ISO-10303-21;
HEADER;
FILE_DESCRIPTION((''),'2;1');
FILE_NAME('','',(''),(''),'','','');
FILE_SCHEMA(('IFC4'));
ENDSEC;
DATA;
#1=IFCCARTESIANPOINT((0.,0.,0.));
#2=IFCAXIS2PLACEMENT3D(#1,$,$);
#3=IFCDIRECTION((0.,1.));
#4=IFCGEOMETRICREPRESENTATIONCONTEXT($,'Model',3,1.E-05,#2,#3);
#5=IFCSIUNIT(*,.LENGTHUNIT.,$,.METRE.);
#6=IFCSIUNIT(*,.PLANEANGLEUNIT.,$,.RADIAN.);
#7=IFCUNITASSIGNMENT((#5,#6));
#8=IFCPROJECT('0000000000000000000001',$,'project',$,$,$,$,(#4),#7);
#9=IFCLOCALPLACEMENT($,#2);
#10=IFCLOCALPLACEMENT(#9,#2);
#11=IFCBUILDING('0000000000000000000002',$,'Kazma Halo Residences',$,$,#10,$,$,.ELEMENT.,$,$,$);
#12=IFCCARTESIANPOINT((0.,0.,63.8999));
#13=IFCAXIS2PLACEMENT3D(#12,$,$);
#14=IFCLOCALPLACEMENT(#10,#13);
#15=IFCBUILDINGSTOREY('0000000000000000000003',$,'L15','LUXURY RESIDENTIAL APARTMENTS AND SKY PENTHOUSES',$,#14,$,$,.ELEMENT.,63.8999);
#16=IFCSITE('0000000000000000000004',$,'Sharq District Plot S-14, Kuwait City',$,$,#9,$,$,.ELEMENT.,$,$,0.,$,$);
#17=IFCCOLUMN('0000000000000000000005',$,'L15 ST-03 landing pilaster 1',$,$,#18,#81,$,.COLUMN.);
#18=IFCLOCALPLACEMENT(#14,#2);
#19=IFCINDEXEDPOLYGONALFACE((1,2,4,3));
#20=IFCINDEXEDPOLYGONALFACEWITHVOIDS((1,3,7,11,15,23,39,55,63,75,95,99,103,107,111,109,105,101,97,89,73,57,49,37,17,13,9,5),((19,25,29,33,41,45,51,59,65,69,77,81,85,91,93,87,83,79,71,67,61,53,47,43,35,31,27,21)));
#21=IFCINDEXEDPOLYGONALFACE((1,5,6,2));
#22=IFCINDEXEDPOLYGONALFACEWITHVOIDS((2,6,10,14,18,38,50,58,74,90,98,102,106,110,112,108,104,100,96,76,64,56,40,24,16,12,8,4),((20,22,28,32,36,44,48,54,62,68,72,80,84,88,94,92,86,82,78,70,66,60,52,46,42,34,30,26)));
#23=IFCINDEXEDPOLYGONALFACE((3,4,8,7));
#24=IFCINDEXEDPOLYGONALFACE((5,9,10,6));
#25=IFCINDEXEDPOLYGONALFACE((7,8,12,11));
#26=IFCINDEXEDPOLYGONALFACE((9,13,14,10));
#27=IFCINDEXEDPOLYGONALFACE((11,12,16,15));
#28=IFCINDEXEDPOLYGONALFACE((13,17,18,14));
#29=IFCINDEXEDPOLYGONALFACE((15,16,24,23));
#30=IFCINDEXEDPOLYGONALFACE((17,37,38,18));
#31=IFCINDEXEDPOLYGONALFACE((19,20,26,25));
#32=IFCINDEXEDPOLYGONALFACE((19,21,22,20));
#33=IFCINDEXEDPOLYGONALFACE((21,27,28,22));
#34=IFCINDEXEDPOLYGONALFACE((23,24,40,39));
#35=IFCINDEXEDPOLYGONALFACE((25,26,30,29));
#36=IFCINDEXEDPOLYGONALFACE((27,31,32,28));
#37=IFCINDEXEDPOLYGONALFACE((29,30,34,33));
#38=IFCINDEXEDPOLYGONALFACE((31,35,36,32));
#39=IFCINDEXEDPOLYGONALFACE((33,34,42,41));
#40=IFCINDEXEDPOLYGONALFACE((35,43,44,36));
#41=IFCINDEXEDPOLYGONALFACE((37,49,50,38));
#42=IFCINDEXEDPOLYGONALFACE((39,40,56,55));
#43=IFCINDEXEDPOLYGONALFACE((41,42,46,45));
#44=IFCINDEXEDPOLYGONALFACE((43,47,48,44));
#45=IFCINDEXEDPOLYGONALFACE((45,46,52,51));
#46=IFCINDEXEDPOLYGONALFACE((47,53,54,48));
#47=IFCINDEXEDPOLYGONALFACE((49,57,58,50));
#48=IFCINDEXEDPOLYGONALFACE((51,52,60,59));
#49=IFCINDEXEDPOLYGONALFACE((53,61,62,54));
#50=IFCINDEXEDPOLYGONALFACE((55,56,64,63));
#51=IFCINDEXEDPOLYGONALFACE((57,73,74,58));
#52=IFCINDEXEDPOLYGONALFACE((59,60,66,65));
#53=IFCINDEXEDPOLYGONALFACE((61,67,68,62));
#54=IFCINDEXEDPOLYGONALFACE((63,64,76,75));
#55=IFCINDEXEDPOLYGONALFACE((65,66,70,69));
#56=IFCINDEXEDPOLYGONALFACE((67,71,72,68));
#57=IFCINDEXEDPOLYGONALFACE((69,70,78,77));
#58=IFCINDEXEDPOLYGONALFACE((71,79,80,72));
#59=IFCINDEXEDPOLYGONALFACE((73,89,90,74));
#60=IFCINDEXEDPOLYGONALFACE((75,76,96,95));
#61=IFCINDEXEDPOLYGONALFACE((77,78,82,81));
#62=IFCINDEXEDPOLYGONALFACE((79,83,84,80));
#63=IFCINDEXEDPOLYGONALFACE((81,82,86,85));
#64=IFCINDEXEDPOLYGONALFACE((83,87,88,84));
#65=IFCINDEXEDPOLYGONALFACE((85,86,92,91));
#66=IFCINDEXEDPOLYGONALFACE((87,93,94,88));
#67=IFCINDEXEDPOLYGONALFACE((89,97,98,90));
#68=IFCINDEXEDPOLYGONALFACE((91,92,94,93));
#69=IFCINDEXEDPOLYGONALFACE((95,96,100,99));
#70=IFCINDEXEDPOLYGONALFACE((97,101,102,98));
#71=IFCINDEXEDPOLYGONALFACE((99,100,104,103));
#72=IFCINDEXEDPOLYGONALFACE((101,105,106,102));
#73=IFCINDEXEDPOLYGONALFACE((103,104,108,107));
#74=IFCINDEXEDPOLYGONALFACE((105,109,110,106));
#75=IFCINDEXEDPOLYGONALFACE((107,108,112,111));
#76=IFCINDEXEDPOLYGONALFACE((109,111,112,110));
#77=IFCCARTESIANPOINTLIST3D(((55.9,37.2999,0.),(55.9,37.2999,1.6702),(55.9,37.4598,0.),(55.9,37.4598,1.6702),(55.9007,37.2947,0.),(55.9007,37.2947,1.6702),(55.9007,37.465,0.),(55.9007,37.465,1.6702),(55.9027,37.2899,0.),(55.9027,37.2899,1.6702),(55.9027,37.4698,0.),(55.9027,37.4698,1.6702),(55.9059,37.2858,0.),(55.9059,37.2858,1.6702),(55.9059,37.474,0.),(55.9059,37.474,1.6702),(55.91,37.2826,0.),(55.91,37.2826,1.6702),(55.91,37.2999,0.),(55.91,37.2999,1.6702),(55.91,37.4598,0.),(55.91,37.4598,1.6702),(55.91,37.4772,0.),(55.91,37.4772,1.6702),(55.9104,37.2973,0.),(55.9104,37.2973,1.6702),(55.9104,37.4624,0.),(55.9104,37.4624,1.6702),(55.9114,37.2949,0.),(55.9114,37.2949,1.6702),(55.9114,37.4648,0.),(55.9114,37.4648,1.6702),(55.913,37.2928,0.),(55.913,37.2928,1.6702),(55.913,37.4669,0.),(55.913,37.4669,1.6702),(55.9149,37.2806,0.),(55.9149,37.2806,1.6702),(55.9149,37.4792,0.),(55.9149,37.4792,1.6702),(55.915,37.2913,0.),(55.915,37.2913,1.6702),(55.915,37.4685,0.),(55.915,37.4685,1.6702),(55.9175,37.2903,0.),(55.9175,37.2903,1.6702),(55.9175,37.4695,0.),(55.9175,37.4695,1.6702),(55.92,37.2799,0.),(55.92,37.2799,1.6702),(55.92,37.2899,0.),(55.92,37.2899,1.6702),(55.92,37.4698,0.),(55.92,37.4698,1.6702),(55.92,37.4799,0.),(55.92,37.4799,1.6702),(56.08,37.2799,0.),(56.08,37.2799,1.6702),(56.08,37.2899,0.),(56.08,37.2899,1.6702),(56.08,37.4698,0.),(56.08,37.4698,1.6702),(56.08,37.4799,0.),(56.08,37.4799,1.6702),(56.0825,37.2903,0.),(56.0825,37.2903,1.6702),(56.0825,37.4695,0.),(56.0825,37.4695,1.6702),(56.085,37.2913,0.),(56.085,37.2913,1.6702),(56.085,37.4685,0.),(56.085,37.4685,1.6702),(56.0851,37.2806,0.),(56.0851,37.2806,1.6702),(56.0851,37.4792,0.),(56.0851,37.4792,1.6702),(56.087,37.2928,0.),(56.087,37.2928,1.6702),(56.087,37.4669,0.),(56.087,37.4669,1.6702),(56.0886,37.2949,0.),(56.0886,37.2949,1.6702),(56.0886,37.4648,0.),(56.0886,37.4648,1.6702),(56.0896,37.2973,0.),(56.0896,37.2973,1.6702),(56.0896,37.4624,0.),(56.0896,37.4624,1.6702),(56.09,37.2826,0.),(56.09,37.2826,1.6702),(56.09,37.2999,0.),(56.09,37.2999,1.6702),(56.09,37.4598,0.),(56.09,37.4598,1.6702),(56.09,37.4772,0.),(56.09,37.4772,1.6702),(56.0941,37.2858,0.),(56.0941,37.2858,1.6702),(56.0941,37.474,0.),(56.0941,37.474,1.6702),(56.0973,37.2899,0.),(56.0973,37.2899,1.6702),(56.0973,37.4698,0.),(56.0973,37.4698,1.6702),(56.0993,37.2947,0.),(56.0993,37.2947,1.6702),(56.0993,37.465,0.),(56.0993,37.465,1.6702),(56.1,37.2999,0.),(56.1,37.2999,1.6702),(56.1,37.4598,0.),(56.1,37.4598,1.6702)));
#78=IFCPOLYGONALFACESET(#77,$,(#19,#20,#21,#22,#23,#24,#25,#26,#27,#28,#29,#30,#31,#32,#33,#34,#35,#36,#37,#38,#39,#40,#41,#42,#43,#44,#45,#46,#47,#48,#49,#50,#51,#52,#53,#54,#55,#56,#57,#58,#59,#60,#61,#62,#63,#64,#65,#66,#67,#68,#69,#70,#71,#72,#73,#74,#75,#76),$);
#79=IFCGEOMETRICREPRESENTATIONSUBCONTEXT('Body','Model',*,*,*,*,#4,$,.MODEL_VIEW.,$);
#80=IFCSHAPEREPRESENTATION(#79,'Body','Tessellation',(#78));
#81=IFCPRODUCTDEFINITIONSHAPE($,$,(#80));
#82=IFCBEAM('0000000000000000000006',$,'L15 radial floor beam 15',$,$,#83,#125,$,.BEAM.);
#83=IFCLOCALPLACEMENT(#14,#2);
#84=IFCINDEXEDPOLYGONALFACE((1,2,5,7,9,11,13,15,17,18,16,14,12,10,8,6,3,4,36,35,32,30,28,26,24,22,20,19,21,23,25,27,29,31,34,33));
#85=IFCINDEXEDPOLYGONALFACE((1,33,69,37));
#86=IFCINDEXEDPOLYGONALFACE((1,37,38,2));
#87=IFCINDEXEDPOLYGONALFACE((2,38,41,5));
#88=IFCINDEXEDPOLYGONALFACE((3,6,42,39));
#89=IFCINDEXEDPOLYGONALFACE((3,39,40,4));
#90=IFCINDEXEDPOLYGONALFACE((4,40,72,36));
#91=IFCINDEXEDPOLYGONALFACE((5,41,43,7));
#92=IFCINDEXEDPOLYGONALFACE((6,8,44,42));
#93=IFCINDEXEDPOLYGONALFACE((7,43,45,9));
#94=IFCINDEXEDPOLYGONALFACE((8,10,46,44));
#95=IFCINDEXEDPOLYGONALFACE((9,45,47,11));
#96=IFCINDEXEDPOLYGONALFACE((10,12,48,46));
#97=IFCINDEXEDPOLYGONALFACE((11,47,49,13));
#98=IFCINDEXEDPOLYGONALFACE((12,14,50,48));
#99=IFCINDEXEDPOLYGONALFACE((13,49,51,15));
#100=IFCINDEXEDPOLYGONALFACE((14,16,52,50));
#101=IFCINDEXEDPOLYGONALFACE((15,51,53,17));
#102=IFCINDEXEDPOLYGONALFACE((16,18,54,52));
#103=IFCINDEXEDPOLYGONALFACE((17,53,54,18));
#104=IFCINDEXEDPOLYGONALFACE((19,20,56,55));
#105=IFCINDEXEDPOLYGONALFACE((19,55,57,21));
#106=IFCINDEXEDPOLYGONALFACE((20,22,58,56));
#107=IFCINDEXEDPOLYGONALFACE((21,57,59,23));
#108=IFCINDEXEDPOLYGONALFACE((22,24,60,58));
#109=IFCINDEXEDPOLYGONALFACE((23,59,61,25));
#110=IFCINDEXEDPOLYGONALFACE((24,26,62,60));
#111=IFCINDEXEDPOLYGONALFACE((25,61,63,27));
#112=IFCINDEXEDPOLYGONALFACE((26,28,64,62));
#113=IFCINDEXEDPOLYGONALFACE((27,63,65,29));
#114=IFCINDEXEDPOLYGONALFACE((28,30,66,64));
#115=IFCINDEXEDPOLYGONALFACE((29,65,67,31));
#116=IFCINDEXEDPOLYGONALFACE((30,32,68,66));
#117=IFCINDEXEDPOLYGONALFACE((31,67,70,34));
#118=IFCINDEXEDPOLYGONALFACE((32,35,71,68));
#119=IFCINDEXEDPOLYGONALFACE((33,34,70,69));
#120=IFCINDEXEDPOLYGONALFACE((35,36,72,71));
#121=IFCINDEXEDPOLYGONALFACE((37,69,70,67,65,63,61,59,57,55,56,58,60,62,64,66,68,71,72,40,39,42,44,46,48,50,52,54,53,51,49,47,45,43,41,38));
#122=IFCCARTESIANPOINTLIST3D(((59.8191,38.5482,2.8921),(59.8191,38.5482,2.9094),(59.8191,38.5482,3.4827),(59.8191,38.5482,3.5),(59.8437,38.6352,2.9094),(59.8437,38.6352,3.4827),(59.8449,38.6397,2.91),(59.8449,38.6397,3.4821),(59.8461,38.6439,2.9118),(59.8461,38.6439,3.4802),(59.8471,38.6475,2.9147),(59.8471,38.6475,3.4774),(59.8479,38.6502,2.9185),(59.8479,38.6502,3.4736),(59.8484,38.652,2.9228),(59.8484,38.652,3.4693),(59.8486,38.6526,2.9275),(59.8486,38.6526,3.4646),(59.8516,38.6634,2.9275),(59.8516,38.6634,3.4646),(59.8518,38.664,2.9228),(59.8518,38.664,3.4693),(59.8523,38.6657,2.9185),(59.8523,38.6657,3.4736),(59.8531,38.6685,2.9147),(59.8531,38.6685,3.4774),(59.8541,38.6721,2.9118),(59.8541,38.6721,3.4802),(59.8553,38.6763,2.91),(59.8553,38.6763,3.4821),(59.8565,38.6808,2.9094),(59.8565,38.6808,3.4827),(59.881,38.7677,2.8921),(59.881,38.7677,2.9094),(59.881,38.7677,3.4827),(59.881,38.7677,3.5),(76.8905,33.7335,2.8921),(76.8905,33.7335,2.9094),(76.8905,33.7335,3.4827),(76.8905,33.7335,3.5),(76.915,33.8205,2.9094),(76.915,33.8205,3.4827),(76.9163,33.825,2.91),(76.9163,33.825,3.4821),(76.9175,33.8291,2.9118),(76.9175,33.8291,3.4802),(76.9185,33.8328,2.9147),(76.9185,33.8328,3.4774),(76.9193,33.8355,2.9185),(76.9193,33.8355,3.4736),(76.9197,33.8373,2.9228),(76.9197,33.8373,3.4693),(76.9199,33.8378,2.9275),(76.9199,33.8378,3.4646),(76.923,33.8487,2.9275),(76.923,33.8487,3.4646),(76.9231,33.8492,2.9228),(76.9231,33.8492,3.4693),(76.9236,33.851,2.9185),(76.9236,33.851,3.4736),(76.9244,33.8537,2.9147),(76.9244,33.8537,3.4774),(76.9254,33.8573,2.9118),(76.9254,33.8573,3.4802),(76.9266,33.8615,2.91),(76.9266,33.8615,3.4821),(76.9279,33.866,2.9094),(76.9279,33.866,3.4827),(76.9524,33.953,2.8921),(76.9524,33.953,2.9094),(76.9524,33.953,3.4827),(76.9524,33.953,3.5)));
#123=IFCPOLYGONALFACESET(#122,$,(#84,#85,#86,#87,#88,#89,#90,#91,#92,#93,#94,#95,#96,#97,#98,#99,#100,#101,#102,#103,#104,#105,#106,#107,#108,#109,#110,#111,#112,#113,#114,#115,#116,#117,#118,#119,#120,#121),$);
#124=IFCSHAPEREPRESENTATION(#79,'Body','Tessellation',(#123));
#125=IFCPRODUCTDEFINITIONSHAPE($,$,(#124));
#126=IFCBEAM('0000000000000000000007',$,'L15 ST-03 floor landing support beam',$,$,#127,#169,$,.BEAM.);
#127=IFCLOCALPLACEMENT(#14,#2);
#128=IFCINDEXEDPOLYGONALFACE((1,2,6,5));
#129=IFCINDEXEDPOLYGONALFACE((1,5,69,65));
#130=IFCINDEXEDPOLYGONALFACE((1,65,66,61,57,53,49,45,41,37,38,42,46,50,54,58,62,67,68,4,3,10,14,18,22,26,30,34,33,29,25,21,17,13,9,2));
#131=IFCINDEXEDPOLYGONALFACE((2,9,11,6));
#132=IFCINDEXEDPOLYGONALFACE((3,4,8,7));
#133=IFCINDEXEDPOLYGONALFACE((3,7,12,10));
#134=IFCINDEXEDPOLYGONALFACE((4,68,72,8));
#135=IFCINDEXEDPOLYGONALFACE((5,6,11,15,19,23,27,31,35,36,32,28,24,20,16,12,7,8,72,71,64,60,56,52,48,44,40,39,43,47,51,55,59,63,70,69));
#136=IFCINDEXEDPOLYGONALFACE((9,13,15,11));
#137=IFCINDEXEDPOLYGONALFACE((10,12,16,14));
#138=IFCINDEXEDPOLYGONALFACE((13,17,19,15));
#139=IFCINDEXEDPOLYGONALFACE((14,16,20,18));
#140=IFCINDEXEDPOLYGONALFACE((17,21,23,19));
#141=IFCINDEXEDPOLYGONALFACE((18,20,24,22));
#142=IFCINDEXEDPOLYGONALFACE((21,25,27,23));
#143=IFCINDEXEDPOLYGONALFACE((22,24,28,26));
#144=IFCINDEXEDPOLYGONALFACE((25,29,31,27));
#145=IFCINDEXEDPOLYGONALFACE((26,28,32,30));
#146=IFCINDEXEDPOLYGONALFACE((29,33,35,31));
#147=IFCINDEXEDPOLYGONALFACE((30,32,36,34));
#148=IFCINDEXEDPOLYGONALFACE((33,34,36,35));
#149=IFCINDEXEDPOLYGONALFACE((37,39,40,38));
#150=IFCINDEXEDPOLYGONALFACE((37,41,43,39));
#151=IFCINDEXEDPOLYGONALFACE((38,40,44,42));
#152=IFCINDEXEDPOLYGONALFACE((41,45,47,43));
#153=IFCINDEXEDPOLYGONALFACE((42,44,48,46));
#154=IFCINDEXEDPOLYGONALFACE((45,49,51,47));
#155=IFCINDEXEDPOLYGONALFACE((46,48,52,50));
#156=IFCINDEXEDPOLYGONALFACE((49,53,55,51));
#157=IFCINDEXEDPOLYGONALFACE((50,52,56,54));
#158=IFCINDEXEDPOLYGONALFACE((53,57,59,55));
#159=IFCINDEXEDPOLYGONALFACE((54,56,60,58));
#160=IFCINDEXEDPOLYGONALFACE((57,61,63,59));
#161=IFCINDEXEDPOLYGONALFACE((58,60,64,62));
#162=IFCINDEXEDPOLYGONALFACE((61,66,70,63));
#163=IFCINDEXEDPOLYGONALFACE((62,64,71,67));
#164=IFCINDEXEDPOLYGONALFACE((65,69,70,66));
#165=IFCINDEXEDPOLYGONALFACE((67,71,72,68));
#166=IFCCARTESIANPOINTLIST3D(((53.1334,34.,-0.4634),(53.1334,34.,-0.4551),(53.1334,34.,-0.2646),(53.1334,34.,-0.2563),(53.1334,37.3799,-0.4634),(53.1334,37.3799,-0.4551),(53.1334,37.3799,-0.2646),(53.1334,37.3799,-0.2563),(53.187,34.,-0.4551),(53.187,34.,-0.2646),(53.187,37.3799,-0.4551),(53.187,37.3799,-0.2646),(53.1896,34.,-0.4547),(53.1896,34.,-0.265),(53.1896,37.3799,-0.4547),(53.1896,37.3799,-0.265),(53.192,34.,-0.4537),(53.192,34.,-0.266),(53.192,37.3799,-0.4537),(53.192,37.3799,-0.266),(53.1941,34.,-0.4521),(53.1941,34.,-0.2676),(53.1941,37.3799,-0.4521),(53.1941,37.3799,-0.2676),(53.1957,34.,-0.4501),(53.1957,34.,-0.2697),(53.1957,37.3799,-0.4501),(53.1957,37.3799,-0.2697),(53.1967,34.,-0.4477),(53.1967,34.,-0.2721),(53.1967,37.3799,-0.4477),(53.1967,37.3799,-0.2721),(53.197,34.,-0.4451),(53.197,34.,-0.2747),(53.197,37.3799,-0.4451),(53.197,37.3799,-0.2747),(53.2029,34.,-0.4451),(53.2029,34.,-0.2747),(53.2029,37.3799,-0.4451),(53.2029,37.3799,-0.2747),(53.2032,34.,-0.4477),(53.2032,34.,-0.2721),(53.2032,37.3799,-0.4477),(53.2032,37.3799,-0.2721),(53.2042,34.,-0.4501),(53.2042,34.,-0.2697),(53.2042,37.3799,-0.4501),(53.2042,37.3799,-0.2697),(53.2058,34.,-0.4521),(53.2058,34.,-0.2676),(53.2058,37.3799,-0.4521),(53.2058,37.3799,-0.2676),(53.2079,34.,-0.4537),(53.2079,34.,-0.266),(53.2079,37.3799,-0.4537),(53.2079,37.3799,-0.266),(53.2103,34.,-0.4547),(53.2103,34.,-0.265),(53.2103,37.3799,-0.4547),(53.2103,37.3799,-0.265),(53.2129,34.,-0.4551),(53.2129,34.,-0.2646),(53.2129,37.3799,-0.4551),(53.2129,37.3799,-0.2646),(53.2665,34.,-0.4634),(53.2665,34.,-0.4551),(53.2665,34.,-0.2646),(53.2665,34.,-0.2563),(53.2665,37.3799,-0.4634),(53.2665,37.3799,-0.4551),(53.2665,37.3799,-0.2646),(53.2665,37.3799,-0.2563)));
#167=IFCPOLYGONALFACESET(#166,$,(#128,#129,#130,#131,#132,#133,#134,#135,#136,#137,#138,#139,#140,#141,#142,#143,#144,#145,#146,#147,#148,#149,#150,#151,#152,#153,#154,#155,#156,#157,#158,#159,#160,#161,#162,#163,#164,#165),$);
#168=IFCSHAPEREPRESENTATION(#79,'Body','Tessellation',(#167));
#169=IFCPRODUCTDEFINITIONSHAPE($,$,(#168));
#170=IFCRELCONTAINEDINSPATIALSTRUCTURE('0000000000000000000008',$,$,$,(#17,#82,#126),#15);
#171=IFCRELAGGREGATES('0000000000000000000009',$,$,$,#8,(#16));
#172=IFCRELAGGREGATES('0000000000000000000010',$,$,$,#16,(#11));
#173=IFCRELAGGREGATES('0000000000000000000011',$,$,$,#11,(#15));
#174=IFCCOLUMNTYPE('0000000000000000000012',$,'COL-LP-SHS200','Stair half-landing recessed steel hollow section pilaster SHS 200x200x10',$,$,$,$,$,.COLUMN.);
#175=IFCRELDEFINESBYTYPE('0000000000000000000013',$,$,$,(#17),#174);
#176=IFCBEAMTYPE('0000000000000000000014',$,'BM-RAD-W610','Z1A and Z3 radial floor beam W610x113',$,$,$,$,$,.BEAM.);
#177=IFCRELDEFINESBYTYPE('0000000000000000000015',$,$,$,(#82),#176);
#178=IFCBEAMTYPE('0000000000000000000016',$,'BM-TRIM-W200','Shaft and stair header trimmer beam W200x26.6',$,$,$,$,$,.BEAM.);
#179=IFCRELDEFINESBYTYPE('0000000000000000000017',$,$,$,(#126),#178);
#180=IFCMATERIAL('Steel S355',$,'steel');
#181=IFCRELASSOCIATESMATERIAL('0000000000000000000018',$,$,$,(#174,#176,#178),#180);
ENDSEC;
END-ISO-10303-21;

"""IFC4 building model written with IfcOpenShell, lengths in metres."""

from ifc_helpers import new_model, si_unit, direction, frame, origin, origin_2d, place, context, subcontext, project, spatial, hollow_rectangle, i_section, extrude, material, material_profile, profile_set, type_object, element, save


model = new_model("IFC4")

# Units and contexts
model_context = context("Model", 3, precision=1e-05, world=origin(), true_north=direction((0.0, 1.0)))
body_context = subcontext(model_context, "Body", "Model", "MODEL_VIEW")
ifc_project = project(units=[si_unit("LENGTHUNIT", "METRE"), si_unit("PLANEANGLEUNIT", "RADIAN")], contexts=[model_context])

# Site, building, storey
site_placement = place(None, origin())
site = spatial("IfcSite", under=ifc_project, at=site_placement, Name="Sharq District Plot S-14, Kuwait City", CompositionType="ELEMENT", RefElevation=0.0)
building_placement = place(site_placement, origin())
building = spatial("IfcBuilding", under=site, at=building_placement, Name="Kazma Halo Residences", CompositionType="ELEMENT")
storey_placement = place(building_placement, frame((0.0, 0.0, 63.8999)))
storey = spatial("IfcBuildingStorey", under=building, at=storey_placement, Name="L15", Description="LUXURY RESIDENTIAL APARTMENTS AND SKY PENTHOUSES", CompositionType="ELEMENT", Elevation=63.8999)

# Column
ifc_material_1 = material(Name="Steel S355", Category="steel")
ifc_material_profile_1 = material_profile(ifc_material_1, hollow_rectangle(XDim=0.2, YDim=0.2, WallThickness=0.01, InnerFilletRadius=0.01, OuterFilletRadius=0.02, at=origin_2d()), Name="SHS200x200x10")
ifc_profile_set_1 = profile_set([ifc_material_profile_1], Name="Steel S355")
column_type = type_object("IfcColumnType", Name="COL-LP-SHS200", Description="Stair half-landing recessed steel hollow section pilaster SHS 200x200x10", PredefinedType="COLUMN", material=ifc_profile_set_1)
column_placement = place(storey_placement, frame((56.0, 37.3799, 0.0), z_axis=(0.0, 0.0, 1.0), x_axis=(1.0, 0.0, 0.0)))
element("IfcColumn", 1, at=column_placement, inside=storey, type_object=column_type, Name="L15 ST-03 landing pilaster 1", PredefinedType="COLUMN", context=body_context, shape_type="SweptSolid", body=[
    extrude(hollow_rectangle(XDim=0.2, YDim=0.2, WallThickness=0.01, InnerFilletRadius=0.01, OuterFilletRadius=0.02, at=origin_2d()), origin(), (0.0, 0.0, 1.0), 1.6702),
])

# Beams
ifc_material_profile_2 = material_profile(ifc_material_1, i_section(OverallWidth=0.228, OverallDepth=0.6079, WebThickness=0.0112, FlangeThickness=0.0173, FilletRadius=0.0181, at=origin_2d()), Name="W610x113")
ifc_profile_set_2 = profile_set([ifc_material_profile_2], Name="Steel S355")
beam_type_1 = type_object("IfcBeamType", Name="BM-RAD-W610", Description="Z1A and Z3 radial floor beam W610x113", PredefinedType="BEAM", material=ifc_profile_set_2)
beam_1_placement = place(storey_placement, frame((59.8501, 38.658, 3.196), z_axis=(0.962454, -0.271445, 0.0), x_axis=(0.271445, 0.962454, 0.0)))
element("IfcBeam", 2, at=beam_1_placement, inside=storey, type_object=beam_type_1, Name="L15 radial floor beam 15", PredefinedType="BEAM", context=body_context, shape_type="SweptSolid", body=[
    extrude(i_section(OverallWidth=0.228, OverallDepth=0.6079, WebThickness=0.0112, FlangeThickness=0.0173, FilletRadius=0.0181, at=origin_2d()), origin(), (0.0, 0.0, 1.0), 17.7373),
])
ifc_material_profile_3 = material_profile(ifc_material_1, i_section(OverallWidth=0.1331, OverallDepth=0.207, WebThickness=0.0059, FlangeThickness=0.0083, FilletRadius=0.01, at=origin_2d()), Name="W200x26.6")
ifc_profile_set_3 = profile_set([ifc_material_profile_3], Name="Steel S355")
beam_type_2 = type_object("IfcBeamType", Name="BM-TRIM-W200", Description="Shaft and stair header trimmer beam W200x26.6", PredefinedType="BEAM", material=ifc_profile_set_3)
beam_2_placement = place(storey_placement, frame((53.2, 34.0, -0.3599), z_axis=(0.0, 1.0, 0.0), x_axis=(-1.0, 0.0, 0.0)))
element("IfcBeam", 3, at=beam_2_placement, inside=storey, type_object=beam_type_2, Name="L15 ST-03 floor landing support beam", PredefinedType="BEAM", context=body_context, shape_type="SweptSolid", body=[
    extrude(i_section(OverallWidth=0.1331, OverallDepth=0.207, WebThickness=0.0059, FlangeThickness=0.0083, FilletRadius=0.01, at=origin_2d()), origin(), (0.0, 0.0, 1.0), 3.3799),
])

save(model, "model.ifc")
